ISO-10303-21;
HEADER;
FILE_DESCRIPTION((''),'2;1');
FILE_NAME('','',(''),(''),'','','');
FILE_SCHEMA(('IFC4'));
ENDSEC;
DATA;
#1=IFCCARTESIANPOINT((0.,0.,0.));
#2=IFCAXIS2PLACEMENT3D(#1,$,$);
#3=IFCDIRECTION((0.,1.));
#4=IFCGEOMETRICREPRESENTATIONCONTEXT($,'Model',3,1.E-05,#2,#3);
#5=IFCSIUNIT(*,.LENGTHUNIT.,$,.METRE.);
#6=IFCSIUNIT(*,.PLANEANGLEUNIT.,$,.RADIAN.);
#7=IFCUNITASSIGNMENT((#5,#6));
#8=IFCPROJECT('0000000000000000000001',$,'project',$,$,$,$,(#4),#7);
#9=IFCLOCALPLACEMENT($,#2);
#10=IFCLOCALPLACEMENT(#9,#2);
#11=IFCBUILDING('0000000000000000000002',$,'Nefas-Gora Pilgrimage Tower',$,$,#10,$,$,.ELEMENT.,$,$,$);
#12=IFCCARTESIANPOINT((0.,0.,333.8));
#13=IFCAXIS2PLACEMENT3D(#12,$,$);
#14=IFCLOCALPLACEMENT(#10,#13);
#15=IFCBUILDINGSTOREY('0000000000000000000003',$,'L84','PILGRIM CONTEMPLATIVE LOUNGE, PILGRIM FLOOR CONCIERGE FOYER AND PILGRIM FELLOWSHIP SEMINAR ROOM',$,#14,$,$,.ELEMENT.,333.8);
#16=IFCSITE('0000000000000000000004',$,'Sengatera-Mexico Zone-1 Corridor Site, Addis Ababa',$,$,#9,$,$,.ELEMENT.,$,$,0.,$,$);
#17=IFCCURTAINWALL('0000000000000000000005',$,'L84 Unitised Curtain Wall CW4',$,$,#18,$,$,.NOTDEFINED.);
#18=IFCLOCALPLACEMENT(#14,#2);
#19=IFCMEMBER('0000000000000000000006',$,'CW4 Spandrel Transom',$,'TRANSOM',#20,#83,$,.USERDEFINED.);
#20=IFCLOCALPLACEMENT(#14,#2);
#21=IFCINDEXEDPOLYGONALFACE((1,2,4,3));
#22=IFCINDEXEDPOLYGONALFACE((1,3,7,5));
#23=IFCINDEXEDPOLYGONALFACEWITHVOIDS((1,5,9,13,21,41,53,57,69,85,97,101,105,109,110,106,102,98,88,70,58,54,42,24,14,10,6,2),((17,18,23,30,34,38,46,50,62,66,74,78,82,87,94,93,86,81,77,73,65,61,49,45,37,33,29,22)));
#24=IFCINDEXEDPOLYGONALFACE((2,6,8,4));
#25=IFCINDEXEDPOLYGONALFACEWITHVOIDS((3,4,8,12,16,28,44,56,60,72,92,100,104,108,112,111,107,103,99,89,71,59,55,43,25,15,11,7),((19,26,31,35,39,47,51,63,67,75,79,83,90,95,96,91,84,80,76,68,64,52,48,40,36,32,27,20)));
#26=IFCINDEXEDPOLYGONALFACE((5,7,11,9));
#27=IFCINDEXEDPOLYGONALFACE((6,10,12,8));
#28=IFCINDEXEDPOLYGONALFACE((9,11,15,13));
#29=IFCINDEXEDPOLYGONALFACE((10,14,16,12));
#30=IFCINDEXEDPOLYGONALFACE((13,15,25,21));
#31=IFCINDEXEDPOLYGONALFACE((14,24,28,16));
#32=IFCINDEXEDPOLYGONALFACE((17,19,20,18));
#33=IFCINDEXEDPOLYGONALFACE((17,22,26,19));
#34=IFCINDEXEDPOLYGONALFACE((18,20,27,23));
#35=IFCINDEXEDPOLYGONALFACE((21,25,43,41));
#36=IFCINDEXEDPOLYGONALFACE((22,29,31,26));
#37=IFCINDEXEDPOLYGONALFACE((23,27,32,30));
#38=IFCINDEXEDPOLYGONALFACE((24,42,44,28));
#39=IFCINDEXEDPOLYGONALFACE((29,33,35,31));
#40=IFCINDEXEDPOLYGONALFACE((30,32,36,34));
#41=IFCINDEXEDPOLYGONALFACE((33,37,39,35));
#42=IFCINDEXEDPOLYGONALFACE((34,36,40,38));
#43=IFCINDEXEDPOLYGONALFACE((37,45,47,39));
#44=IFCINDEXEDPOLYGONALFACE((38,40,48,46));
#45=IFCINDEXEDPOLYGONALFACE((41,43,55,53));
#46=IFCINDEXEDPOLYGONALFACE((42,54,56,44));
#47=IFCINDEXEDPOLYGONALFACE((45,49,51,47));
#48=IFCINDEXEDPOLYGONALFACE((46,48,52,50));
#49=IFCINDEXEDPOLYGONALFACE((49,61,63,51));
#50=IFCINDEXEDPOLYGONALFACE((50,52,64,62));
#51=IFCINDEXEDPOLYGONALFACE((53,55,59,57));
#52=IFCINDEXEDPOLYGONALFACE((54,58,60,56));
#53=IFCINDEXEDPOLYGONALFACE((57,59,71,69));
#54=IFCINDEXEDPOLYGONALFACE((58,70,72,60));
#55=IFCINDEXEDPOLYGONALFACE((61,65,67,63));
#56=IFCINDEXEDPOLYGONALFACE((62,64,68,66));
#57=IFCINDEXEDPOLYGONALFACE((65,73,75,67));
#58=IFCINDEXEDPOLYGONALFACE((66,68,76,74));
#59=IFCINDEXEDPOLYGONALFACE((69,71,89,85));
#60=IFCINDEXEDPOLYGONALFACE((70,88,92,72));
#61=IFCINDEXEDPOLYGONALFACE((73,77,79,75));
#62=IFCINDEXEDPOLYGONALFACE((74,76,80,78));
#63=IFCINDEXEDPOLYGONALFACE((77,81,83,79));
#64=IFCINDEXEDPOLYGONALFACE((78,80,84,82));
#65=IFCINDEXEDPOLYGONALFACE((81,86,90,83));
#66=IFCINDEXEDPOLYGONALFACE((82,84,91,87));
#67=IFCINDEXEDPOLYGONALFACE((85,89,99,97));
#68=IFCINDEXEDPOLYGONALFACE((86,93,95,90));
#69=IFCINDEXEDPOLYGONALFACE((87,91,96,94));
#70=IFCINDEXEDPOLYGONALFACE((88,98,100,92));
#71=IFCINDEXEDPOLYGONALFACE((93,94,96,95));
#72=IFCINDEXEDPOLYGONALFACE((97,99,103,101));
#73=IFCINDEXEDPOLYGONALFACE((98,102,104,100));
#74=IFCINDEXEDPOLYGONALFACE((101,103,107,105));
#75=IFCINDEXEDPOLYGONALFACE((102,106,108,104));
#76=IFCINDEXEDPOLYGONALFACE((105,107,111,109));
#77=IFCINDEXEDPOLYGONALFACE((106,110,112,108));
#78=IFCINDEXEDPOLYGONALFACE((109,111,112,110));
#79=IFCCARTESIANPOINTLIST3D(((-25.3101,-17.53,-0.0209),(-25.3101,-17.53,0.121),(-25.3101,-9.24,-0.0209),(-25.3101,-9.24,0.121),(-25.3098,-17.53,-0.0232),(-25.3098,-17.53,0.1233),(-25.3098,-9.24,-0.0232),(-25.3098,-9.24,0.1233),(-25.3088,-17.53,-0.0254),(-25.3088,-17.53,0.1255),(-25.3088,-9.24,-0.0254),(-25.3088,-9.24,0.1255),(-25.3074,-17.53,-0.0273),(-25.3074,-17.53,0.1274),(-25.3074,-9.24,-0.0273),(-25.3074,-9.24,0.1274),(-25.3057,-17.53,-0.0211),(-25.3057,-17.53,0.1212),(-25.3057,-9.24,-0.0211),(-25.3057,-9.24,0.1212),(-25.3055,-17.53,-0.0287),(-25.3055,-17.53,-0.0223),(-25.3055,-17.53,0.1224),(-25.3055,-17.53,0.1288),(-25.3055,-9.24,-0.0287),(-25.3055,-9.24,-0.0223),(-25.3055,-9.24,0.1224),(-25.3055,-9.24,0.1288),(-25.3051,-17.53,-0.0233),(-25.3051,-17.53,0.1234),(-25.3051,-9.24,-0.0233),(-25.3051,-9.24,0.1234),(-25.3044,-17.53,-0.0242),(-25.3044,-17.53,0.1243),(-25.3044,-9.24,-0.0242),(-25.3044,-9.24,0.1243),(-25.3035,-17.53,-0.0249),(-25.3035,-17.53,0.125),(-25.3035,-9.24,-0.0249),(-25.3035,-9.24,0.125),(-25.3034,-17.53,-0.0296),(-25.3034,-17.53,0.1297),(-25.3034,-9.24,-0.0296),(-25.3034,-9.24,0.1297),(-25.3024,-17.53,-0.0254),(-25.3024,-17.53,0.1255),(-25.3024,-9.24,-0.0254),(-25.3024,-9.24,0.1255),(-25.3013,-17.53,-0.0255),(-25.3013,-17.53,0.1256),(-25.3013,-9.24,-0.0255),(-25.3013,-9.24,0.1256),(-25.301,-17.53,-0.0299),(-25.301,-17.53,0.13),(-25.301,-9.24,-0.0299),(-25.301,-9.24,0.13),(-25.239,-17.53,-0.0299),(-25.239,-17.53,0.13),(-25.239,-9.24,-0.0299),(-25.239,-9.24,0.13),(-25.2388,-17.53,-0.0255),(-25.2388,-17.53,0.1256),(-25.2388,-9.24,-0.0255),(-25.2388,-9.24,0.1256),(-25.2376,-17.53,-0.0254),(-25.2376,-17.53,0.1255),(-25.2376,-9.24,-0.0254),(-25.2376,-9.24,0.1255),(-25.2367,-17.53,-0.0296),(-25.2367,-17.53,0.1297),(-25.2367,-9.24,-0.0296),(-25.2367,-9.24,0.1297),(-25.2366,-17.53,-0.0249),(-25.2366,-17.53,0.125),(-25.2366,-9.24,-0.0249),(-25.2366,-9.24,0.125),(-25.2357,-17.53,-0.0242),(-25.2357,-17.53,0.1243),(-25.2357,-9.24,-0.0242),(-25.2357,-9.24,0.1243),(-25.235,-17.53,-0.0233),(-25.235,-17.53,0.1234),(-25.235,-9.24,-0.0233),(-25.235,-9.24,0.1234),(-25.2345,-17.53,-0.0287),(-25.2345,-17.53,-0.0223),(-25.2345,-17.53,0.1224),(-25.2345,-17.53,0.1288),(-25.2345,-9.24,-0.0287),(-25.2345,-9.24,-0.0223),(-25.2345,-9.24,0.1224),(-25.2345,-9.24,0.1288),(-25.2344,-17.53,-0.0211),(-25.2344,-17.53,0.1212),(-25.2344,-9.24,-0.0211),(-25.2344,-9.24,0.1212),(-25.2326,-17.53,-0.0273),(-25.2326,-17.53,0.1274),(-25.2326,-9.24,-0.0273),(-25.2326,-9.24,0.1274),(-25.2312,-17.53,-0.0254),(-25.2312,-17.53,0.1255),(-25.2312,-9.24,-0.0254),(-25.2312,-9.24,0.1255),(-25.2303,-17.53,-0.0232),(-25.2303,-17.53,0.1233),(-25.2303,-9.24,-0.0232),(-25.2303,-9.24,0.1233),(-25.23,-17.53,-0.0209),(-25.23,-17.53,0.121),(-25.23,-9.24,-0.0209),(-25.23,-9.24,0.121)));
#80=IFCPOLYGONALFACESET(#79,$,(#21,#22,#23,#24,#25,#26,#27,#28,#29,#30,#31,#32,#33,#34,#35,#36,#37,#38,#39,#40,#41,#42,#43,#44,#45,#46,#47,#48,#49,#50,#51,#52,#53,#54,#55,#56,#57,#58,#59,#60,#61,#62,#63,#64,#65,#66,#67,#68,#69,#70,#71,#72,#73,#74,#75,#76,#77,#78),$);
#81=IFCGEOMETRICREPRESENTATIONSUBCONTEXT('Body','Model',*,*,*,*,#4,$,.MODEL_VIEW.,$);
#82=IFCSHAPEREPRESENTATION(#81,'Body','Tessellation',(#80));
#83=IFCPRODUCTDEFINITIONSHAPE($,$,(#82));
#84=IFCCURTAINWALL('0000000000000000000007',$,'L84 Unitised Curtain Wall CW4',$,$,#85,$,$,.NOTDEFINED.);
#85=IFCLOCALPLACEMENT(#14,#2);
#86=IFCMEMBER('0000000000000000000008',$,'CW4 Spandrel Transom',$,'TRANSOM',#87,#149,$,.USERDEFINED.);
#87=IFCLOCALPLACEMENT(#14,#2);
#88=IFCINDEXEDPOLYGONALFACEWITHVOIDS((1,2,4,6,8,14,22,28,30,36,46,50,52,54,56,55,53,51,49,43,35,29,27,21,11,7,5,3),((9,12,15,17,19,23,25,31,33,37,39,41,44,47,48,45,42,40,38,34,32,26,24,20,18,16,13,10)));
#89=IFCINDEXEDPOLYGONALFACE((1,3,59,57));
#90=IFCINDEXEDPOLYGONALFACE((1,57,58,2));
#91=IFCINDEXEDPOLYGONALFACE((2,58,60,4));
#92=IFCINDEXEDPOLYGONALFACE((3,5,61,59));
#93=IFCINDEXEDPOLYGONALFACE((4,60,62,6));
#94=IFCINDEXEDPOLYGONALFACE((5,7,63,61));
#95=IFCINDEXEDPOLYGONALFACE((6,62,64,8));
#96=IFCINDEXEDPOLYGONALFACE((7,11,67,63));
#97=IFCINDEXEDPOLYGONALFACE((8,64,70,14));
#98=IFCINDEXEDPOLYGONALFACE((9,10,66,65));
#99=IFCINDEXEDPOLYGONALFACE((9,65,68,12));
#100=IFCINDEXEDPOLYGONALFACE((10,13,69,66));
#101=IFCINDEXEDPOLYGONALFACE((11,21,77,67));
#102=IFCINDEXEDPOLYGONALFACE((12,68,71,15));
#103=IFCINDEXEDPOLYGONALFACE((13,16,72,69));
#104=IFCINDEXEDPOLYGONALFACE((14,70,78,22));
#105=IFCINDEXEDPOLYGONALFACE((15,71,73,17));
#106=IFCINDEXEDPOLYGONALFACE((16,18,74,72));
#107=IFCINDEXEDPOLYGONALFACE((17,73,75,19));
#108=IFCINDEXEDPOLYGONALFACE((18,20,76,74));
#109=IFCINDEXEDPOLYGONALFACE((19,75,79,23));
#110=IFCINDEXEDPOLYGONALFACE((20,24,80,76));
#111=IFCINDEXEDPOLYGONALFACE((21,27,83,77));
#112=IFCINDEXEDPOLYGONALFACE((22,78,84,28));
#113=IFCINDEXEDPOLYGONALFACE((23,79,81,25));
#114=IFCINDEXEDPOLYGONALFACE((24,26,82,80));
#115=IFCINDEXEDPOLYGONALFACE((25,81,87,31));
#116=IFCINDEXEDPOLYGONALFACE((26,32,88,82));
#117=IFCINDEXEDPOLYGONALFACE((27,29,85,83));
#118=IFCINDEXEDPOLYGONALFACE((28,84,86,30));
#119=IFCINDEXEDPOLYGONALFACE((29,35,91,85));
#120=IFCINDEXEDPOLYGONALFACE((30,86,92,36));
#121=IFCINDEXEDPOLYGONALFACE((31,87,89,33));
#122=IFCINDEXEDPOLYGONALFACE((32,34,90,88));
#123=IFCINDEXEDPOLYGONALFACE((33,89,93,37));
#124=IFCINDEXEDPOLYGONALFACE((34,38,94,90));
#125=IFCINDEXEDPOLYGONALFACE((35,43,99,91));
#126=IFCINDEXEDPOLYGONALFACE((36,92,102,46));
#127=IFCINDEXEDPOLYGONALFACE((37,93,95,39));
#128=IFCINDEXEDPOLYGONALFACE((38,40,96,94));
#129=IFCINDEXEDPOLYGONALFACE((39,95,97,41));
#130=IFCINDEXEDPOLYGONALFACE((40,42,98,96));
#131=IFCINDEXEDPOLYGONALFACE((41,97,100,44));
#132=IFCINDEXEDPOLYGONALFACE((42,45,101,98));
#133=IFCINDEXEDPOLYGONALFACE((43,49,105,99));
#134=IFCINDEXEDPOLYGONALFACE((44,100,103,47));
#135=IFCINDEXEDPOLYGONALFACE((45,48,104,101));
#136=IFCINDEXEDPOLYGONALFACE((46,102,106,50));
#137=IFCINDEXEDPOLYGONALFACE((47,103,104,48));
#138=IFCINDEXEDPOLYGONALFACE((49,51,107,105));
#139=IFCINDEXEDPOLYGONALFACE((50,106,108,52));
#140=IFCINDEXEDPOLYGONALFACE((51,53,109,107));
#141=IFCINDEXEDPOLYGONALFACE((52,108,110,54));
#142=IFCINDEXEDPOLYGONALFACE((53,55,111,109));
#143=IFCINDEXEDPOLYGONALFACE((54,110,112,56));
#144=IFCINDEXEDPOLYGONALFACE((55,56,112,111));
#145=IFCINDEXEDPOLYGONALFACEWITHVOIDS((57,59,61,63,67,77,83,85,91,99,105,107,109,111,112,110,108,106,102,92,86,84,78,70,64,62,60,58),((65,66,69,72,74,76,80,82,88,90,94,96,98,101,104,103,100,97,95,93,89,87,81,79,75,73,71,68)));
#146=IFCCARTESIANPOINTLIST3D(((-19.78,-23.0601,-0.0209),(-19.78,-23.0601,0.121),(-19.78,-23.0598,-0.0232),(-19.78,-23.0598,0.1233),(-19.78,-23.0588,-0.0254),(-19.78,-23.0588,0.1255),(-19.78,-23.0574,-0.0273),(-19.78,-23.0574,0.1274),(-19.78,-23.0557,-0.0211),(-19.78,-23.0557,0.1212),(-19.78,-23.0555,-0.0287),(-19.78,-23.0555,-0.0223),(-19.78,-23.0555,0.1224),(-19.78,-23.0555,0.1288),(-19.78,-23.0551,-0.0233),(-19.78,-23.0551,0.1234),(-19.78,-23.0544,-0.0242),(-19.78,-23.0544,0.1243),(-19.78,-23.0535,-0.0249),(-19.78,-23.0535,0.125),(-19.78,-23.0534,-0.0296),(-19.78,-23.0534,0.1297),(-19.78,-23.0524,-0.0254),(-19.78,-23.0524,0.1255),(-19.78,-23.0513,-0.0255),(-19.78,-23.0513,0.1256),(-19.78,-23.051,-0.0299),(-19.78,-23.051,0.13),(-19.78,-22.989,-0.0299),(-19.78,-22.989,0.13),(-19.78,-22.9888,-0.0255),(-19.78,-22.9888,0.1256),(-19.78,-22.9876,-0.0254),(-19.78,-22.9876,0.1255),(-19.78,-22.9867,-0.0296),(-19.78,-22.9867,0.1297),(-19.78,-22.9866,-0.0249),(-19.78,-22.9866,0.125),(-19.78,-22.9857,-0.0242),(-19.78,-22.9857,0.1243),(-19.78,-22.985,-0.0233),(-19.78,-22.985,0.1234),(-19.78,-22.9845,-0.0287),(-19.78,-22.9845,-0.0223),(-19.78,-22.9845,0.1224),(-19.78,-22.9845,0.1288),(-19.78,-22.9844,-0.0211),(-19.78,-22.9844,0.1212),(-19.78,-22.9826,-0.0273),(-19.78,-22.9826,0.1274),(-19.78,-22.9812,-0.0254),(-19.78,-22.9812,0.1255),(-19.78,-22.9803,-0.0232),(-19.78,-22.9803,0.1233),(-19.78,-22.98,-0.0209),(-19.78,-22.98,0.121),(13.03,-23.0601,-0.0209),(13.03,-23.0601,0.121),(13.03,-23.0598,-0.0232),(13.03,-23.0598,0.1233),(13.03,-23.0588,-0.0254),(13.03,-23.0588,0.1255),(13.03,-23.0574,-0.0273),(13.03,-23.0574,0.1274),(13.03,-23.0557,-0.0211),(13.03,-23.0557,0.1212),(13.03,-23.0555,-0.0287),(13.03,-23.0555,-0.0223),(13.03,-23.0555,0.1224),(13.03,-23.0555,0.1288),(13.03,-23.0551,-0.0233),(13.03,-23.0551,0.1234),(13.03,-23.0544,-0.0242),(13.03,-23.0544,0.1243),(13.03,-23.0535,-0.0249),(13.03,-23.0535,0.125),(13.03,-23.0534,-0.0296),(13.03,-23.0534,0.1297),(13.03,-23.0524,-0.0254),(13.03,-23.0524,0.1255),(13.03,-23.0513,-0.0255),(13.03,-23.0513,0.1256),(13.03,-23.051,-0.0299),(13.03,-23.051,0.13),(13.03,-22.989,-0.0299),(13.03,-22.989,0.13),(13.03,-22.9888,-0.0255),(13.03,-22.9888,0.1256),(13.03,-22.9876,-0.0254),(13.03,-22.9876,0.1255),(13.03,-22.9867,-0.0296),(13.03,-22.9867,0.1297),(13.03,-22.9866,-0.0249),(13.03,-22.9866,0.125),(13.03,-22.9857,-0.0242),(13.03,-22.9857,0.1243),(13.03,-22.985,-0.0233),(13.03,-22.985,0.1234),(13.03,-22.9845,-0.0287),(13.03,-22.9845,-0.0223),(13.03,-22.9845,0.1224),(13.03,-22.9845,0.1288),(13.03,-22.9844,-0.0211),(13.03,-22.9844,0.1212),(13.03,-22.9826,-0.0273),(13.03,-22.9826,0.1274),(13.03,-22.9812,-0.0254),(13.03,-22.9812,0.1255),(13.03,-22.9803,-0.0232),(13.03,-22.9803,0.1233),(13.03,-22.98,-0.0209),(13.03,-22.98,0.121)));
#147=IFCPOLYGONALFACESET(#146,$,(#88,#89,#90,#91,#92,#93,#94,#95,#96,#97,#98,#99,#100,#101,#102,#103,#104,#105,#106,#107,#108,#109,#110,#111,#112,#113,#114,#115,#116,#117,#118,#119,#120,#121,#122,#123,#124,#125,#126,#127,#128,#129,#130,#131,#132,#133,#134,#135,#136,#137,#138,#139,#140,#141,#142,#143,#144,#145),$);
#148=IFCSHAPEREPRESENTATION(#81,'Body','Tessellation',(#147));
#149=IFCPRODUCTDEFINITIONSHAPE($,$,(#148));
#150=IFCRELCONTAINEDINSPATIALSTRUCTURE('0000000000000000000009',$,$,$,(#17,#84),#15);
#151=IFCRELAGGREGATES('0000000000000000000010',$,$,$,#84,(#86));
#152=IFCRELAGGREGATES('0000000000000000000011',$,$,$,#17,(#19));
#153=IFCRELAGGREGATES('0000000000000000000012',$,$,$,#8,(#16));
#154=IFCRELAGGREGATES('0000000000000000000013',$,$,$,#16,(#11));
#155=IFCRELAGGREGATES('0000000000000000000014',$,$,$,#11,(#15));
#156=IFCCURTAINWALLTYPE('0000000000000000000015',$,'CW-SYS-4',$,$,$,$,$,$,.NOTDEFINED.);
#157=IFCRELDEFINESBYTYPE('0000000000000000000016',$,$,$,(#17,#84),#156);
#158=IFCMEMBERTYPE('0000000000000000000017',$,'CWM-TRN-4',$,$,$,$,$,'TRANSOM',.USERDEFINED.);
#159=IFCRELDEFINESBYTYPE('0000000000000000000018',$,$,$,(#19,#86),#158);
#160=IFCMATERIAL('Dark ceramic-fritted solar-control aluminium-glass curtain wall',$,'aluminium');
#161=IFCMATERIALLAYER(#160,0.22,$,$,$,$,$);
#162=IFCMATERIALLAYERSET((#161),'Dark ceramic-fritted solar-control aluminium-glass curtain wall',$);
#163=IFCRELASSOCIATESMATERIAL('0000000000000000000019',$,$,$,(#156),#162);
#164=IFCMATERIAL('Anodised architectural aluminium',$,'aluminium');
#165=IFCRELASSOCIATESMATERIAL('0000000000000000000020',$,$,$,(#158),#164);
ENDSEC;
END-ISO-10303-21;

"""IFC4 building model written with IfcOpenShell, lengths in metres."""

from ifc_helpers import new_model, si_unit, direction, frame, origin, origin_2d, place, context, subcontext, project, spatial, hollow_rectangle, extrude, source, transform, mapped, material, layer, layer_set, material_profile, profile_set, type_object, element, aggregate, save


model = new_model("IFC4")

# Units and contexts
model_context = context("Model", 3, precision=1e-05, world=origin(), true_north=direction((0.0, 1.0)))
body_context = subcontext(model_context, "Body", "Model", "MODEL_VIEW")
ifc_project = project(units=[si_unit("LENGTHUNIT", "METRE"), si_unit("PLANEANGLEUNIT", "RADIAN")], contexts=[model_context])

# Site, building, storey
site_placement = place(None, origin())
site = spatial("IfcSite", under=ifc_project, at=site_placement, Name="Sengatera-Mexico Zone-1 Corridor Site, Addis Ababa", CompositionType="ELEMENT", RefElevation=0.0)
building_placement = place(site_placement, origin())
building = spatial("IfcBuilding", under=site, at=building_placement, Name="Nefas-Gora Pilgrimage Tower", CompositionType="ELEMENT")
storey_placement = place(building_placement, frame((0.0, 0.0, 333.8)))
storey = spatial("IfcBuildingStorey", under=building, at=storey_placement, Name="L84", Description="PILGRIM CONTEMPLATIVE LOUNGE, PILGRIM FLOOR CONCIERGE FOYER AND PILGRIM FELLOWSHIP SEMINAR ROOM", CompositionType="ELEMENT", Elevation=333.8)

# Curtain walls, members
ifc_material_1 = material(Name="Dark ceramic-fritted solar-control aluminium-glass curtain wall", Category="aluminium")
ifc_layer_1 = layer(ifc_material_1, 0.22)
ifc_layer_set_1 = layer_set([ifc_layer_1], Name="Dark ceramic-fritted solar-control aluminium-glass curtain wall")
curtain_wall_type = type_object("IfcCurtainWallType", Name="CW-SYS-4", PredefinedType="NOTDEFINED", material=ifc_layer_set_1)
curtain_wall_1_placement = place(storey_placement, origin())
curtain_wall_1 = element("IfcCurtainWall", 1, at=curtain_wall_1_placement, inside=storey, type_object=curtain_wall_type, Name="L84 Unitised Curtain Wall CW4", PredefinedType="NOTDEFINED")
ifc_material_2 = material(Name="Anodised architectural aluminium", Category="aluminium")
ifc_material_profile_1 = material_profile(ifc_material_2, hollow_rectangle(XDim=0.0801, YDim=0.1599, WallThickness=0.0044, InnerFilletRadius=0.0044, OuterFilletRadius=0.009, at=origin_2d()), Name="ALU TRANSOM 80x160")
ifc_profile_set_1 = profile_set([ifc_material_profile_1], Name="Anodised architectural aluminium")
member_type_1 = type_object("IfcMemberType", Name="CWM-TRN-4", ElementType="TRANSOM", PredefinedType="USERDEFINED", material=ifc_profile_set_1)
shared_shape_1 = source(origin(), body_context, "Body", "SweptSolid", [
    extrude(hollow_rectangle(XDim=0.0801, YDim=0.1599, WallThickness=0.0044, InnerFilletRadius=0.0044, OuterFilletRadius=0.009, at=origin_2d()), origin(), (0.0, 0.0, 1.0), 8.29),
])
member_1_placement = place(storey_placement, frame((-25.27, -9.24, 0.05), z_axis=(0.0, -1.0, 0.0), x_axis=(1.0, 0.0, 0.0)))
member_1 = element("IfcMember", 2, at=member_1_placement, type_object=member_type_1, Name="CW4 Spandrel Transom", ObjectType="TRANSOM", PredefinedType="USERDEFINED", context=body_context, shape_type="MappedRepresentation", body=[
    mapped(shared_shape_1, transform((0.0, 0.0, 0.0), x_axis=(1.0, 0.0, 0.0), y_axis=(0.0, 1.0, 0.0), z_axis=(0.0, 0.0, 1.0), scale=1.0)),
])
curtain_wall_2_placement = place(storey_placement, origin())
curtain_wall_2 = element("IfcCurtainWall", 3, at=curtain_wall_2_placement, inside=storey, type_object=curtain_wall_type, Name="L84 Unitised Curtain Wall CW4", PredefinedType="NOTDEFINED")
shared_shape_2 = source(origin(), body_context, "Body", "SweptSolid", [
    extrude(hollow_rectangle(XDim=0.0801, YDim=0.1599, WallThickness=0.0044, InnerFilletRadius=0.0044, OuterFilletRadius=0.009, at=origin_2d()), origin(), (0.0, 0.0, 1.0), 32.8101),
])
member_2_placement = place(storey_placement, frame((-19.78, -23.02, 0.05), z_axis=(1.0, 0.0, 0.0), x_axis=(0.0, 1.0, 0.0)))
member_2 = element("IfcMember", 4, at=member_2_placement, type_object=member_type_1, Name="CW4 Spandrel Transom", ObjectType="TRANSOM", PredefinedType="USERDEFINED", context=body_context, shape_type="MappedRepresentation", body=[
    mapped(shared_shape_2, transform((0.0, 0.0, 0.0), x_axis=(1.0, 0.0, 0.0), y_axis=(0.0, 1.0, 0.0), z_axis=(0.0, 0.0, 1.0), scale=1.0)),
])

aggregate(curtain_wall_2, [member_2])

aggregate(curtain_wall_1, [member_1])

save(model, "model.ifc")
